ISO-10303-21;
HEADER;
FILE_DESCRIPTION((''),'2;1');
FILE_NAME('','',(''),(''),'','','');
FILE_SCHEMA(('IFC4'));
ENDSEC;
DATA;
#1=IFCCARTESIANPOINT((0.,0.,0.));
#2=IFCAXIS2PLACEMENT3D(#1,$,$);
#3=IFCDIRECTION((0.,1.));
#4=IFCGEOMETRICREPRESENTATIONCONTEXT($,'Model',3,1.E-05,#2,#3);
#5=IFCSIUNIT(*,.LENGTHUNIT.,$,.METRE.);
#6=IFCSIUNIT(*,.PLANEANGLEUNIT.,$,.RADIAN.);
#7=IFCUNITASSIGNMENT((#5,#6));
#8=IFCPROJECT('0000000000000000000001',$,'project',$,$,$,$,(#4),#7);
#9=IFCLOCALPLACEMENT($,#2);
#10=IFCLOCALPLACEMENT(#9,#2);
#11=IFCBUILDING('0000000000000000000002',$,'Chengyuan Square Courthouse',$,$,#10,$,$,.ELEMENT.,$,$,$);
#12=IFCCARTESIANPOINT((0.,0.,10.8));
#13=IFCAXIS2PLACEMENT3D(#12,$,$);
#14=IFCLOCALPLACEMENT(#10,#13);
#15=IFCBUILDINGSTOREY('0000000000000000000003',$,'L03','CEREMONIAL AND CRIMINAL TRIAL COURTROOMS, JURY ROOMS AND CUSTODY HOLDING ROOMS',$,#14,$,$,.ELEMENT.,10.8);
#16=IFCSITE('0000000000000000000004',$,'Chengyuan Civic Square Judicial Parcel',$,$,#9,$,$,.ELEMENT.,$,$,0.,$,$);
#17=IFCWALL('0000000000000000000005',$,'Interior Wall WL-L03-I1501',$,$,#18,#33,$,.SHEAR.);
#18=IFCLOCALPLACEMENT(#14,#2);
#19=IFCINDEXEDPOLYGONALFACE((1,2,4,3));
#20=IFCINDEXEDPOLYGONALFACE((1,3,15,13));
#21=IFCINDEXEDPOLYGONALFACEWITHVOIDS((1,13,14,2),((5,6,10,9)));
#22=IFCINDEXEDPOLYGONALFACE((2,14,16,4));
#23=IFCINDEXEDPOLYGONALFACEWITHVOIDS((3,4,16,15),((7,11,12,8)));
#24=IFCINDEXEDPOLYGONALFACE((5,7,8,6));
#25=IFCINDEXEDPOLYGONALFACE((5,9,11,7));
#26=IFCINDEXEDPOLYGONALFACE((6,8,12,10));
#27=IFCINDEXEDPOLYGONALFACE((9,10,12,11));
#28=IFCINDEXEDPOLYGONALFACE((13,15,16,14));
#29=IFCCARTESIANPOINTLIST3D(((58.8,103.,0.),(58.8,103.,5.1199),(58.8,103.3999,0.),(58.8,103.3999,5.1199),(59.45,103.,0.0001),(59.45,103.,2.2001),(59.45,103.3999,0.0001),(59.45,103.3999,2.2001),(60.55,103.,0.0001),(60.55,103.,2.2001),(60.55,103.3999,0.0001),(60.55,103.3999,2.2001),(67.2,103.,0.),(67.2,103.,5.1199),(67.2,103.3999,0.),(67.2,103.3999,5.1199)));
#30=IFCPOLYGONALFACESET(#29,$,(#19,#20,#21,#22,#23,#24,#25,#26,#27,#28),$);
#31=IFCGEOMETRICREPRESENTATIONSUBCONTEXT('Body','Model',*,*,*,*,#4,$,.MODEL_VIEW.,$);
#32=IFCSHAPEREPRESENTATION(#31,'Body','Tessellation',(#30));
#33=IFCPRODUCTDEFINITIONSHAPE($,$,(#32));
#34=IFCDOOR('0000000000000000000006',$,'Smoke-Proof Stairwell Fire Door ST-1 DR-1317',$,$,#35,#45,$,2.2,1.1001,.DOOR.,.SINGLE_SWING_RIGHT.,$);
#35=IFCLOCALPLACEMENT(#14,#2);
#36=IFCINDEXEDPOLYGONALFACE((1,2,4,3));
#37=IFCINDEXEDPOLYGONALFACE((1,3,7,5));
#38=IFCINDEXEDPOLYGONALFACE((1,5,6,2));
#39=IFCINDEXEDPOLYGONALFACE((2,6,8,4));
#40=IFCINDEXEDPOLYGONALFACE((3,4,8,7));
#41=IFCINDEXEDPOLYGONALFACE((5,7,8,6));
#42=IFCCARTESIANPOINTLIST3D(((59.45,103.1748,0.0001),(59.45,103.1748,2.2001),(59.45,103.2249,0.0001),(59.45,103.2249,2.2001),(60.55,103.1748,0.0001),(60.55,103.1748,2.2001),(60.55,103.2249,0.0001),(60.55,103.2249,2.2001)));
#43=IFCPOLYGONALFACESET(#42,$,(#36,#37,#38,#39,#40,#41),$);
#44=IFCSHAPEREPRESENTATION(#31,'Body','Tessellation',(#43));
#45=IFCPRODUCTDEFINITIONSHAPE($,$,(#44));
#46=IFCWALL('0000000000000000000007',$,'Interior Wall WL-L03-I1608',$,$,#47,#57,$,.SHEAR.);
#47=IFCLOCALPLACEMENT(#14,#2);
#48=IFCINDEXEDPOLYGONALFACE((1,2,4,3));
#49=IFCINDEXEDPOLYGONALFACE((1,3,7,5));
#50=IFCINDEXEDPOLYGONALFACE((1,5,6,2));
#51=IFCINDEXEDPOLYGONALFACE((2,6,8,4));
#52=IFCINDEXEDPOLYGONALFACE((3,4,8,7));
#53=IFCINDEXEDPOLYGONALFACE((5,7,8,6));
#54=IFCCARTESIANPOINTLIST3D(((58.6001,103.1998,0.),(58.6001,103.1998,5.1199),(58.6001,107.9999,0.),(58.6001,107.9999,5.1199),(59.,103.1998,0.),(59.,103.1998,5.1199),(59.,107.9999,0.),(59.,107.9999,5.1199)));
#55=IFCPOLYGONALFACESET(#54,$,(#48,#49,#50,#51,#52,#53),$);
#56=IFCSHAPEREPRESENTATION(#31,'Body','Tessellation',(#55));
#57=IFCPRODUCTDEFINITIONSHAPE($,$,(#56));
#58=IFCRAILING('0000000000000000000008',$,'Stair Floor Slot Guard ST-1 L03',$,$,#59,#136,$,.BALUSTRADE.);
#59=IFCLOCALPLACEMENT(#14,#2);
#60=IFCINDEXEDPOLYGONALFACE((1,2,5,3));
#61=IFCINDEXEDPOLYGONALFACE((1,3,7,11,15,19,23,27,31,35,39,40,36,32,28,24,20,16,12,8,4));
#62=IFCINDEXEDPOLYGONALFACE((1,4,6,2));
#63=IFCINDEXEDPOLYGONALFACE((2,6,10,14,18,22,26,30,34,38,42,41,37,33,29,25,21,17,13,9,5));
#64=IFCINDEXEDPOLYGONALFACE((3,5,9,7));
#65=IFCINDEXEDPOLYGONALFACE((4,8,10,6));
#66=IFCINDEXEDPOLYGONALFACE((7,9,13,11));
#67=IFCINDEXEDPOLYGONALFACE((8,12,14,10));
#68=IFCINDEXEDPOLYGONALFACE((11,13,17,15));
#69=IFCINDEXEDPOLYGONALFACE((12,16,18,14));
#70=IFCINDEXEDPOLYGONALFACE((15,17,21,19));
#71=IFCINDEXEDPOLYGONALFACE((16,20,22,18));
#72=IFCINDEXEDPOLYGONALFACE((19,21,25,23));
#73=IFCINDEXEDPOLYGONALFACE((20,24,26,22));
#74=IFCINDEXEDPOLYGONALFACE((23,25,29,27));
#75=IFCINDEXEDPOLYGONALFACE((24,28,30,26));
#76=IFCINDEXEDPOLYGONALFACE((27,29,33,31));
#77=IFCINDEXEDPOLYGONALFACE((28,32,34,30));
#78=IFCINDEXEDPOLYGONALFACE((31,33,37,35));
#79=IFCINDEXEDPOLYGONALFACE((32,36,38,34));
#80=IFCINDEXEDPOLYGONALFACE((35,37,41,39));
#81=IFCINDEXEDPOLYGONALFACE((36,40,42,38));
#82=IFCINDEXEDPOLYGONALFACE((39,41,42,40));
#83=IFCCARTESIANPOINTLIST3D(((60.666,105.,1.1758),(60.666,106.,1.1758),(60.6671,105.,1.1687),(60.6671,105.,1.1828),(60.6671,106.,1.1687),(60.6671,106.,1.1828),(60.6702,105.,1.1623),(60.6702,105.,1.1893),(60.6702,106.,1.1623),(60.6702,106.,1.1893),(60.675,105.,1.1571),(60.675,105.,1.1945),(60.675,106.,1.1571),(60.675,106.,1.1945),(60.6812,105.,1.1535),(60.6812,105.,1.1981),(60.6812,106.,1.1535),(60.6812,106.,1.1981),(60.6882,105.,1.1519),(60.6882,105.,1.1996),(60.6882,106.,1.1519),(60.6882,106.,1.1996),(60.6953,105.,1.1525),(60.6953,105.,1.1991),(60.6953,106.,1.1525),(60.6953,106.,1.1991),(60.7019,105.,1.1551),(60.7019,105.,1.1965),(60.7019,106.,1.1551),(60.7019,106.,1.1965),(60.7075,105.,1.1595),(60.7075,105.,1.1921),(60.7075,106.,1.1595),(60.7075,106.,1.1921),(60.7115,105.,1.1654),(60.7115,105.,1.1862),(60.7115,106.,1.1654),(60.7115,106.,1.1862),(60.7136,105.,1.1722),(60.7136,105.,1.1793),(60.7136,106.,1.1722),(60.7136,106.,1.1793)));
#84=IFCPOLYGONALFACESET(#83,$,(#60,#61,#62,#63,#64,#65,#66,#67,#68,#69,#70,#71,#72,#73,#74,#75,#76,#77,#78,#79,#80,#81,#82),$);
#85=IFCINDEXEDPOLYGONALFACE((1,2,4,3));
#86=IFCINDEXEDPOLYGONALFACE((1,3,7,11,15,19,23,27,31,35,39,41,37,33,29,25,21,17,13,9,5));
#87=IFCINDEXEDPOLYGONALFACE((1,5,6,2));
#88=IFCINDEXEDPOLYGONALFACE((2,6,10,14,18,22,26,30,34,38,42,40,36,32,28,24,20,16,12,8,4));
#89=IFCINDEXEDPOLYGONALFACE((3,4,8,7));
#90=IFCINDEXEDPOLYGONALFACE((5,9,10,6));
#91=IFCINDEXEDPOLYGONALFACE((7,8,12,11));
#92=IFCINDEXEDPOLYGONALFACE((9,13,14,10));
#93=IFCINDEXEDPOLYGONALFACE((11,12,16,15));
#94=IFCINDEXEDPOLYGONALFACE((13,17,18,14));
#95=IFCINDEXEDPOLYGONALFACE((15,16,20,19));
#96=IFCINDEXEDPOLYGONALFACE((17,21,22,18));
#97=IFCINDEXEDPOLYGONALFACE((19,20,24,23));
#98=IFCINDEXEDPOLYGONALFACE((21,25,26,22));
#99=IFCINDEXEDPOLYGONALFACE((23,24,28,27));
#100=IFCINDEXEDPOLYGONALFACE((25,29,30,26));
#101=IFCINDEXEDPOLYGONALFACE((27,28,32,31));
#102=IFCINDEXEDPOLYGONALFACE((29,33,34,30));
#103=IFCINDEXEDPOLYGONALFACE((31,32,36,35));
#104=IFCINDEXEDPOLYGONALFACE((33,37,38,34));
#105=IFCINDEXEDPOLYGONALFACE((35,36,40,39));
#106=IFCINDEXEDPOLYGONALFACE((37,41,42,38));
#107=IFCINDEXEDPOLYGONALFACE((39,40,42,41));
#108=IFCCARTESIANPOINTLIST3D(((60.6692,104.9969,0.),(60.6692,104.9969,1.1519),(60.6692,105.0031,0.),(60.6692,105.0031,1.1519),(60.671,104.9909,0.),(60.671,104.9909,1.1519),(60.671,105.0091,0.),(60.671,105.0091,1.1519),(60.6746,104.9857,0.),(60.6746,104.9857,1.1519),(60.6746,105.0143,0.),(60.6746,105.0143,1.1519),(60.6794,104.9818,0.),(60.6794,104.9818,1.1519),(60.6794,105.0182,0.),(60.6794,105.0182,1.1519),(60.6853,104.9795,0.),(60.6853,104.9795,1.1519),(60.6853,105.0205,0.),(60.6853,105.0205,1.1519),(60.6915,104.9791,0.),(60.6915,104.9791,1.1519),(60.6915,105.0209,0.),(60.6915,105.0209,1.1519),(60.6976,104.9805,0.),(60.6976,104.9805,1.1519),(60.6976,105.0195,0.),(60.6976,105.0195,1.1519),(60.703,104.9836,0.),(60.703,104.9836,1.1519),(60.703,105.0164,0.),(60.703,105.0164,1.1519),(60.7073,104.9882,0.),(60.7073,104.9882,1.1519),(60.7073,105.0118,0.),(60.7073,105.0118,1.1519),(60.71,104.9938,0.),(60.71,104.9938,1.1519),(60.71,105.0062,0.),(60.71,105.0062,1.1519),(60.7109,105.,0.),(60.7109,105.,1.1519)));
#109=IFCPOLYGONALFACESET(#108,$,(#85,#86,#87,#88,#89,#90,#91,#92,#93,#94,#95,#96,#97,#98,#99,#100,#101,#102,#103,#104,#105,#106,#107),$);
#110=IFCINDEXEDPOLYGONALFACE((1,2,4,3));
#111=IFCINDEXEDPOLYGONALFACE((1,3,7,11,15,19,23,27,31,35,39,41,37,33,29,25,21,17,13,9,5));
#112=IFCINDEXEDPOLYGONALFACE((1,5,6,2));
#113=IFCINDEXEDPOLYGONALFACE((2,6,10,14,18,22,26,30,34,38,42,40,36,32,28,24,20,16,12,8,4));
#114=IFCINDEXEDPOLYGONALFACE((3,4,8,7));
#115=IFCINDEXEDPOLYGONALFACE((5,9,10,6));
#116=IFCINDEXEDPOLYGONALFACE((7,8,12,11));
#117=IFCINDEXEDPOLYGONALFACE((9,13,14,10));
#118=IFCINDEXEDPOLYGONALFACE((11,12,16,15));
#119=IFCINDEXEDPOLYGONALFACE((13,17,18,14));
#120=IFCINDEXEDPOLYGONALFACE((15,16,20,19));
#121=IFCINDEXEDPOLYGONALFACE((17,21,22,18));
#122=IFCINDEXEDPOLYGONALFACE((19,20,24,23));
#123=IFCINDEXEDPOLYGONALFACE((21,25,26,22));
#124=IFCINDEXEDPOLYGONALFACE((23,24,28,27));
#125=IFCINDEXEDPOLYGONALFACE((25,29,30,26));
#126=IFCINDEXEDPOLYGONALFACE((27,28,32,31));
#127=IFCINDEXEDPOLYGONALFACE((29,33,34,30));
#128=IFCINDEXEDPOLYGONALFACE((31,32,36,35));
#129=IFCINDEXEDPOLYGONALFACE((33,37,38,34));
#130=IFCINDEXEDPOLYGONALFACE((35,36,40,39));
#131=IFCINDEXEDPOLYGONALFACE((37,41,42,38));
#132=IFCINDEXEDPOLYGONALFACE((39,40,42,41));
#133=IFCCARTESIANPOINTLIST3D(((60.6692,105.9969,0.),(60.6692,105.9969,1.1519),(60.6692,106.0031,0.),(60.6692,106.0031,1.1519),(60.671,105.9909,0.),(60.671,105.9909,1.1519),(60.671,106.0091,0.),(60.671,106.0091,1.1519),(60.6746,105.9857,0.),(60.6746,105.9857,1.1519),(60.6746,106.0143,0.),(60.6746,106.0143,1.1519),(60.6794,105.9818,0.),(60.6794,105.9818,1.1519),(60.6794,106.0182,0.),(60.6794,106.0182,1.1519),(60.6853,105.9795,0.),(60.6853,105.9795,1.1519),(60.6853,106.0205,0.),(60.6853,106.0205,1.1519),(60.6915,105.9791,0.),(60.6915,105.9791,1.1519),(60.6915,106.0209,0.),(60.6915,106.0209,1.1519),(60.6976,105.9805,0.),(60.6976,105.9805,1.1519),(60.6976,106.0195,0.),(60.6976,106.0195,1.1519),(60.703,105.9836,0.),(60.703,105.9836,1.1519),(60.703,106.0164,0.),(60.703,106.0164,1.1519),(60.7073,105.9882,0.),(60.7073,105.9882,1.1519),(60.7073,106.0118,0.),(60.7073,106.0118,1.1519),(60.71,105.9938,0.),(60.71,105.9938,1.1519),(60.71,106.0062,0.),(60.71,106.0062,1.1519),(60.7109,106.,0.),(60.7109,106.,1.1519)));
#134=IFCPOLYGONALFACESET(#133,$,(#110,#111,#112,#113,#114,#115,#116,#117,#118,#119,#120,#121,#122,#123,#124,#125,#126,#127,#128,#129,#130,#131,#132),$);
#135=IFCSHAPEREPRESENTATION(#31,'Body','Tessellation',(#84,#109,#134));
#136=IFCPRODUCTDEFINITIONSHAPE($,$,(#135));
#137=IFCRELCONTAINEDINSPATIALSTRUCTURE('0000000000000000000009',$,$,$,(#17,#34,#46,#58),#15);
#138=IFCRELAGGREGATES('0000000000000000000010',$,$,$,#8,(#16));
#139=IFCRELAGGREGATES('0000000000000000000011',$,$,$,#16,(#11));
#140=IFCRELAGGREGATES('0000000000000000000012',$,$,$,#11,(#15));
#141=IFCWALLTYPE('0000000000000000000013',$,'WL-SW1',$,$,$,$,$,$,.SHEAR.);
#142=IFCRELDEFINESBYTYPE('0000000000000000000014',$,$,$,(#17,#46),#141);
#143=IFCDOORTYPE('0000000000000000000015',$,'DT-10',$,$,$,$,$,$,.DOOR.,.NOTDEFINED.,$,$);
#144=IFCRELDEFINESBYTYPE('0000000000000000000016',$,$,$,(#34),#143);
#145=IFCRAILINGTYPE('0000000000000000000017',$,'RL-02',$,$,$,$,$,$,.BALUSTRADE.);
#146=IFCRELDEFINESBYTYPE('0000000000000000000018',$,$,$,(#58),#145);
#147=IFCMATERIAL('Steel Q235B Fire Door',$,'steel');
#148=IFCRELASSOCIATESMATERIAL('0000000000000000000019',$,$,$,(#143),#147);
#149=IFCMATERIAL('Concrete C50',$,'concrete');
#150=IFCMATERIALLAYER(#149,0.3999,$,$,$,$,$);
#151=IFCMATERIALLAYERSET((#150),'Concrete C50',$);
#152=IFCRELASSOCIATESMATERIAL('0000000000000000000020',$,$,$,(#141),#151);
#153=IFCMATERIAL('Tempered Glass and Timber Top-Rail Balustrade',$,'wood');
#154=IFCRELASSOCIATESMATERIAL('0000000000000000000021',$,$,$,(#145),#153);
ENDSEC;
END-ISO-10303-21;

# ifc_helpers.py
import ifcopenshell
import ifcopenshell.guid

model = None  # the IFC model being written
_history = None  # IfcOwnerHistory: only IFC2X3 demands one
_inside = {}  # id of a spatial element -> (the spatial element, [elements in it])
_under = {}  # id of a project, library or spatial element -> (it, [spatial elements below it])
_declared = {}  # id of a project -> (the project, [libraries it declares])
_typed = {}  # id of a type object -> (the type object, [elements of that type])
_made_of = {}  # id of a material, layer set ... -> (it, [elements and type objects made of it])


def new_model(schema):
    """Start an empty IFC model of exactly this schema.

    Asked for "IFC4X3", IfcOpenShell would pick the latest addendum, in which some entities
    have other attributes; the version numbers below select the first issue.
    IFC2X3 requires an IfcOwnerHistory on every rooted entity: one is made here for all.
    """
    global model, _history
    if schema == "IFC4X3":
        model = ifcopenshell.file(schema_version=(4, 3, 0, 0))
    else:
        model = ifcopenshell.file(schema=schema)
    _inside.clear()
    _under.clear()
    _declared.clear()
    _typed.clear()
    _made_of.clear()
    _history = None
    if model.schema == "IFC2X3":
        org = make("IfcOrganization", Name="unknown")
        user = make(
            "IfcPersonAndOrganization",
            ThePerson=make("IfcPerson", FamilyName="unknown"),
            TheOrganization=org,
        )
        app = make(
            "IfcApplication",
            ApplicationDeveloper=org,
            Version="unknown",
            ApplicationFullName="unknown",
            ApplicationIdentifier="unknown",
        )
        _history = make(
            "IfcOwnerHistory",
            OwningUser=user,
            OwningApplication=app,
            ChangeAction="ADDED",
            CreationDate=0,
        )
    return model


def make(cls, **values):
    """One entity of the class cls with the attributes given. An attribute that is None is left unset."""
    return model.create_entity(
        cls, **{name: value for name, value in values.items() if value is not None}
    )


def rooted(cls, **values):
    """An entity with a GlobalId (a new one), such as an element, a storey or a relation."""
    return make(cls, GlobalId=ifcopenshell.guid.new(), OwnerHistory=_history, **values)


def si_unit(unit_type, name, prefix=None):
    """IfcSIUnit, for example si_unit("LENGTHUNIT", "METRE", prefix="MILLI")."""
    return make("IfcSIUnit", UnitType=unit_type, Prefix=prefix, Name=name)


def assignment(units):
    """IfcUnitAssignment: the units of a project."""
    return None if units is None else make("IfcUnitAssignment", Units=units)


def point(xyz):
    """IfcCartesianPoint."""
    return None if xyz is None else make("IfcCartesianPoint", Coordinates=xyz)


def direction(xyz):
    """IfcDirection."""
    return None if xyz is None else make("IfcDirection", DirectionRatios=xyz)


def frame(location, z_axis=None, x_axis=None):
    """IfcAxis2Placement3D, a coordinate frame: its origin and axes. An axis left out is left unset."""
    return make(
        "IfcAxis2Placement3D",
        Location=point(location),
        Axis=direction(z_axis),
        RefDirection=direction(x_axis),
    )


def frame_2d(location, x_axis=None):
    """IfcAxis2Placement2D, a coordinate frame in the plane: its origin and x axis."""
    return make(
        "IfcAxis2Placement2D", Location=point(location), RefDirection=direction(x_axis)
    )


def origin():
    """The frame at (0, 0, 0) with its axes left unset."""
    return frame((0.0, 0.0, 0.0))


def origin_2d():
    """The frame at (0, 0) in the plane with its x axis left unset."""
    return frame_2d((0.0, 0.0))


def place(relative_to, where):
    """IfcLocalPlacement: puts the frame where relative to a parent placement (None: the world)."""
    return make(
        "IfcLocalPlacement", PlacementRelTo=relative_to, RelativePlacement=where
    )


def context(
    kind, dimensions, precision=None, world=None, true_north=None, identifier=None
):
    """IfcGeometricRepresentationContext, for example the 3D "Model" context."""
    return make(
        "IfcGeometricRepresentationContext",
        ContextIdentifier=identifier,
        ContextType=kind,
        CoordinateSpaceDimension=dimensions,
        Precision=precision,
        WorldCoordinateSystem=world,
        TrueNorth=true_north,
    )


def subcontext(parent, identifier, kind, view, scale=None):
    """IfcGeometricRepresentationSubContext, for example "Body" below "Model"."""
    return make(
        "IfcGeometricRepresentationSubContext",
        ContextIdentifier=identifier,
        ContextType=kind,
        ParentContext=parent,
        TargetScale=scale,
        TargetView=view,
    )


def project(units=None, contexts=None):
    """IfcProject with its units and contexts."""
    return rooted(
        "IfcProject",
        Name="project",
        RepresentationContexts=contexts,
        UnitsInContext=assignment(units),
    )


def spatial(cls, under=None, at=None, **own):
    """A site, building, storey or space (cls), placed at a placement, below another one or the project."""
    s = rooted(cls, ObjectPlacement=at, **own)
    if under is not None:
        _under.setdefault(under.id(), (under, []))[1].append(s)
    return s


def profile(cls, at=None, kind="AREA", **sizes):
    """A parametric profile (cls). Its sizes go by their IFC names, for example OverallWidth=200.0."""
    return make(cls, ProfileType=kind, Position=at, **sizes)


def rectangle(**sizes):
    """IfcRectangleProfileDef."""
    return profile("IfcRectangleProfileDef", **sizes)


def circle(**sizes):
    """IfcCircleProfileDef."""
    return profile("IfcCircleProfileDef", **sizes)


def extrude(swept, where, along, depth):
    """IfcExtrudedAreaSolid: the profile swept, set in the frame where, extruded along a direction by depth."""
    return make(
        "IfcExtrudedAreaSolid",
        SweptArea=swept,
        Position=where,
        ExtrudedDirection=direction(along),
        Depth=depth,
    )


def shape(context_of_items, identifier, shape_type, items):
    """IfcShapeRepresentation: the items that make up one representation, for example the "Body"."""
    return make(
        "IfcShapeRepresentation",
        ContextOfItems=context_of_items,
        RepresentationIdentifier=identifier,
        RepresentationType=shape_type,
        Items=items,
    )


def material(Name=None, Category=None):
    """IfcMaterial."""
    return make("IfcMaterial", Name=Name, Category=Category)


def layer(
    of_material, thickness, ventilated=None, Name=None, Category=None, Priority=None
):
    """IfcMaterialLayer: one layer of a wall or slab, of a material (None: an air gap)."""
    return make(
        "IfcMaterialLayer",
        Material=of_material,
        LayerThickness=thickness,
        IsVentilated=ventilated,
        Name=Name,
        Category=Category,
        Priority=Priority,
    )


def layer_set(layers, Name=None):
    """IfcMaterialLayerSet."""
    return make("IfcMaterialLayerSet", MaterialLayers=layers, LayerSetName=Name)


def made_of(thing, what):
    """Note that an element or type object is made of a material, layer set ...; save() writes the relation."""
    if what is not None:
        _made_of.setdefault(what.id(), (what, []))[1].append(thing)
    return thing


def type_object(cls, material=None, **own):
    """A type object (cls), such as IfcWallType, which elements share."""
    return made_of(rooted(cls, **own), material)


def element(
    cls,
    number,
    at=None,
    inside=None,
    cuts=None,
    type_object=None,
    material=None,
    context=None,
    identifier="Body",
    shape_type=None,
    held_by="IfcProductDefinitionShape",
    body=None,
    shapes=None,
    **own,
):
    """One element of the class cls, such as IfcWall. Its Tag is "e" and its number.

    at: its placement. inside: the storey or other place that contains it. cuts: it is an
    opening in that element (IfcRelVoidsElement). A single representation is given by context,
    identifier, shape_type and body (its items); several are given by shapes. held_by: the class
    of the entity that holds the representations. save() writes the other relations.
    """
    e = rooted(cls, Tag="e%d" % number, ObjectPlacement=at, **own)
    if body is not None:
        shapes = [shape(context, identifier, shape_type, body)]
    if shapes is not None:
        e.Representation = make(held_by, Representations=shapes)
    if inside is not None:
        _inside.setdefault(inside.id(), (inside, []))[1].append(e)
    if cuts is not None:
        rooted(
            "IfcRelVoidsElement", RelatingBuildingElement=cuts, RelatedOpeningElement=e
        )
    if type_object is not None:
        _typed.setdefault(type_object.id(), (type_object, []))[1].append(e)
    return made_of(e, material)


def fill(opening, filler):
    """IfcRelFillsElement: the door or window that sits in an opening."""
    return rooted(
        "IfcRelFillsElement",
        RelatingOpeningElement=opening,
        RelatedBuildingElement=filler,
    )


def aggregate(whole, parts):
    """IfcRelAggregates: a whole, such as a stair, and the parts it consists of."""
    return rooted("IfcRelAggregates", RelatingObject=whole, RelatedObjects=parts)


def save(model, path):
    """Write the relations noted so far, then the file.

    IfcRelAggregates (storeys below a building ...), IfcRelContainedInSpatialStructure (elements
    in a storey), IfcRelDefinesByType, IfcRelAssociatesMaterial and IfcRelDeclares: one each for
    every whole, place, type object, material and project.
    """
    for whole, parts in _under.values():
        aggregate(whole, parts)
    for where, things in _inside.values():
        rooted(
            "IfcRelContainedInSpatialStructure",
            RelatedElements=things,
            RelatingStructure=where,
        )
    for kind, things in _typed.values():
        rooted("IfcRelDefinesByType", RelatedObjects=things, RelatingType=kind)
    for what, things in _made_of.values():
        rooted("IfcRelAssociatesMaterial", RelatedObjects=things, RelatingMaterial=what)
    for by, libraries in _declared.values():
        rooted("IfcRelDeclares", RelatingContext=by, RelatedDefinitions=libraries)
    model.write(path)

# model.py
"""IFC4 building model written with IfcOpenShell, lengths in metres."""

from ifc_helpers import new_model, si_unit, direction, frame, frame_2d, origin, origin_2d, place, context, subcontext, project, spatial, rectangle, circle, extrude, material, layer, layer_set, type_object, element, fill, save


model = new_model("IFC4")

# Units and contexts
model_context = context("Model", 3, precision=1e-05, world=origin(), true_north=direction((0.0, 1.0)))
body_context = subcontext(model_context, "Body", "Model", "MODEL_VIEW")
ifc_project = project(units=[si_unit("LENGTHUNIT", "METRE"), si_unit("PLANEANGLEUNIT", "RADIAN")], contexts=[model_context])

# Site, building, storey
site_placement = place(None, origin())
site = spatial("IfcSite", under=ifc_project, at=site_placement, Name="Chengyuan Civic Square Judicial Parcel", CompositionType="ELEMENT", RefElevation=0.0)
building_placement = place(site_placement, origin())
building = spatial("IfcBuilding", under=site, at=building_placement, Name="Chengyuan Square Courthouse", CompositionType="ELEMENT")
storey_placement = place(building_placement, frame((0.0, 0.0, 10.8)))
storey = spatial("IfcBuildingStorey", under=building, at=storey_placement, Name="L03", Description="CEREMONIAL AND CRIMINAL TRIAL COURTROOMS, JURY ROOMS AND CUSTODY HOLDING ROOMS", CompositionType="ELEMENT", Elevation=10.8)

# Shared definitions
ifc_material_1 = material(Name="Concrete C50", Category="concrete")

# Shared definitions
ifc_material_2 = material(Name="Steel Q235B Fire Door", Category="steel")
door_type_1 = type_object("IfcDoorType", Name="DT-10", OperationType="NOTDEFINED", PredefinedType="DOOR", material=ifc_material_2)

# Wall, opening, door
ifc_layer_1 = layer(ifc_material_1, 0.3999)
ifc_layer_set_1 = layer_set([ifc_layer_1], Name="Concrete C50")
wall_type_1 = type_object("IfcWallType", Name="WL-SW1", PredefinedType="SHEAR", material=ifc_layer_set_1)
wall_1_placement = place(storey_placement, frame((58.8, 103.2, 0.0), z_axis=(0.0, 0.0, 1.0), x_axis=(1.0, 0.0, 0.0)))
wall_1 = element("IfcWall", 1, at=wall_1_placement, inside=storey, type_object=wall_type_1, Name="Interior Wall WL-L03-I1501", PredefinedType="SHEAR", context=body_context, shape_type="SweptSolid", body=[
    extrude(rectangle(XDim=8.3999, YDim=0.3999, at=frame_2d((4.2, 0.0))), origin(), (0.0, 0.0, 1.0), 5.1199),
])
opening_1_placement = place(wall_1_placement, frame((0.6499, 0.0, 0.0)))
opening_1 = element("IfcOpeningElement", 2, at=opening_1_placement, cuts=wall_1, PredefinedType="OPENING", context=body_context, shape_type="SweptSolid", body=[
    extrude(rectangle(XDim=1.1001, YDim=2.2, at=frame_2d((0.55, 1.1001))), frame((0.0, 0.2119, 0.0), z_axis=(0.0, -1.0, 0.0), x_axis=(1.0, 0.0, 0.0)), (0.0, 0.0, 1.0), 0.4238),
])
door_1_placement = place(opening_1_placement, origin())
door_1 = element("IfcDoor", 3, at=door_1_placement, inside=storey, type_object=door_type_1, Name="Smoke-Proof Stairwell Fire Door ST-1 DR-1317", OperationType="SINGLE_SWING_RIGHT", OverallHeight=2.2, OverallWidth=1.1001, PredefinedType="DOOR", context=body_context, shape_type="SweptSolid", body=[
    extrude(rectangle(XDim=1.1001, YDim=2.2, at=frame_2d((0.55, 1.1001))), frame((0.0, 0.0249, 0.0), z_axis=(0.0, -1.0, 0.0), x_axis=(1.0, 0.0, 0.0)), (0.0, 0.0, 1.0), 0.05),
])
fill(opening_1, door_1)

# Wall
wall_2_placement = place(storey_placement, frame((58.8, 103.2, 0.0), z_axis=(0.0, 0.0, 1.0), x_axis=(0.0, 1.0, 0.0)))
element("IfcWall", 4, at=wall_2_placement, inside=storey, type_object=wall_type_1, Name="Interior Wall WL-L03-I1608", PredefinedType="SHEAR", context=body_context, shape_type="SweptSolid", body=[
    extrude(rectangle(XDim=4.8, YDim=0.3999, at=frame_2d((2.3999, 0.0))), origin(), (0.0, 0.0, 1.0), 5.1199),
])

# Railing
ifc_material_3 = material(Name="Tempered Glass and Timber Top-Rail Balustrade", Category="wood")
railing_type = type_object("IfcRailingType", Name="RL-02", PredefinedType="BALUSTRADE", material=ifc_material_3)
railing_placement = place(storey_placement, frame((60.6899, 105.0, 0.0)))
element("IfcRailing", 5, at=railing_placement, inside=storey, type_object=railing_type, Name="Stair Floor Slot Guard ST-1 L03", PredefinedType="BALUSTRADE", context=body_context, shape_type="SweptSolid", body=[
    extrude(circle(Radius=0.0239, at=origin_2d()), frame((0.0, 0.0, 1.1758), z_axis=(0.0, 1.0, 0.0), x_axis=(-1.0, 0.0, 0.0)), (0.0, 0.0, 1.0), 1.0),
    extrude(circle(Radius=0.021, at=origin_2d()), origin(), (0.0, 0.0, 1.0), 1.1519),
    extrude(circle(Radius=0.021, at=origin_2d()), frame((0.0, 1.0, 0.0)), (0.0, 0.0, 1.0), 1.1519),
])

save(model, "model.ifc")
